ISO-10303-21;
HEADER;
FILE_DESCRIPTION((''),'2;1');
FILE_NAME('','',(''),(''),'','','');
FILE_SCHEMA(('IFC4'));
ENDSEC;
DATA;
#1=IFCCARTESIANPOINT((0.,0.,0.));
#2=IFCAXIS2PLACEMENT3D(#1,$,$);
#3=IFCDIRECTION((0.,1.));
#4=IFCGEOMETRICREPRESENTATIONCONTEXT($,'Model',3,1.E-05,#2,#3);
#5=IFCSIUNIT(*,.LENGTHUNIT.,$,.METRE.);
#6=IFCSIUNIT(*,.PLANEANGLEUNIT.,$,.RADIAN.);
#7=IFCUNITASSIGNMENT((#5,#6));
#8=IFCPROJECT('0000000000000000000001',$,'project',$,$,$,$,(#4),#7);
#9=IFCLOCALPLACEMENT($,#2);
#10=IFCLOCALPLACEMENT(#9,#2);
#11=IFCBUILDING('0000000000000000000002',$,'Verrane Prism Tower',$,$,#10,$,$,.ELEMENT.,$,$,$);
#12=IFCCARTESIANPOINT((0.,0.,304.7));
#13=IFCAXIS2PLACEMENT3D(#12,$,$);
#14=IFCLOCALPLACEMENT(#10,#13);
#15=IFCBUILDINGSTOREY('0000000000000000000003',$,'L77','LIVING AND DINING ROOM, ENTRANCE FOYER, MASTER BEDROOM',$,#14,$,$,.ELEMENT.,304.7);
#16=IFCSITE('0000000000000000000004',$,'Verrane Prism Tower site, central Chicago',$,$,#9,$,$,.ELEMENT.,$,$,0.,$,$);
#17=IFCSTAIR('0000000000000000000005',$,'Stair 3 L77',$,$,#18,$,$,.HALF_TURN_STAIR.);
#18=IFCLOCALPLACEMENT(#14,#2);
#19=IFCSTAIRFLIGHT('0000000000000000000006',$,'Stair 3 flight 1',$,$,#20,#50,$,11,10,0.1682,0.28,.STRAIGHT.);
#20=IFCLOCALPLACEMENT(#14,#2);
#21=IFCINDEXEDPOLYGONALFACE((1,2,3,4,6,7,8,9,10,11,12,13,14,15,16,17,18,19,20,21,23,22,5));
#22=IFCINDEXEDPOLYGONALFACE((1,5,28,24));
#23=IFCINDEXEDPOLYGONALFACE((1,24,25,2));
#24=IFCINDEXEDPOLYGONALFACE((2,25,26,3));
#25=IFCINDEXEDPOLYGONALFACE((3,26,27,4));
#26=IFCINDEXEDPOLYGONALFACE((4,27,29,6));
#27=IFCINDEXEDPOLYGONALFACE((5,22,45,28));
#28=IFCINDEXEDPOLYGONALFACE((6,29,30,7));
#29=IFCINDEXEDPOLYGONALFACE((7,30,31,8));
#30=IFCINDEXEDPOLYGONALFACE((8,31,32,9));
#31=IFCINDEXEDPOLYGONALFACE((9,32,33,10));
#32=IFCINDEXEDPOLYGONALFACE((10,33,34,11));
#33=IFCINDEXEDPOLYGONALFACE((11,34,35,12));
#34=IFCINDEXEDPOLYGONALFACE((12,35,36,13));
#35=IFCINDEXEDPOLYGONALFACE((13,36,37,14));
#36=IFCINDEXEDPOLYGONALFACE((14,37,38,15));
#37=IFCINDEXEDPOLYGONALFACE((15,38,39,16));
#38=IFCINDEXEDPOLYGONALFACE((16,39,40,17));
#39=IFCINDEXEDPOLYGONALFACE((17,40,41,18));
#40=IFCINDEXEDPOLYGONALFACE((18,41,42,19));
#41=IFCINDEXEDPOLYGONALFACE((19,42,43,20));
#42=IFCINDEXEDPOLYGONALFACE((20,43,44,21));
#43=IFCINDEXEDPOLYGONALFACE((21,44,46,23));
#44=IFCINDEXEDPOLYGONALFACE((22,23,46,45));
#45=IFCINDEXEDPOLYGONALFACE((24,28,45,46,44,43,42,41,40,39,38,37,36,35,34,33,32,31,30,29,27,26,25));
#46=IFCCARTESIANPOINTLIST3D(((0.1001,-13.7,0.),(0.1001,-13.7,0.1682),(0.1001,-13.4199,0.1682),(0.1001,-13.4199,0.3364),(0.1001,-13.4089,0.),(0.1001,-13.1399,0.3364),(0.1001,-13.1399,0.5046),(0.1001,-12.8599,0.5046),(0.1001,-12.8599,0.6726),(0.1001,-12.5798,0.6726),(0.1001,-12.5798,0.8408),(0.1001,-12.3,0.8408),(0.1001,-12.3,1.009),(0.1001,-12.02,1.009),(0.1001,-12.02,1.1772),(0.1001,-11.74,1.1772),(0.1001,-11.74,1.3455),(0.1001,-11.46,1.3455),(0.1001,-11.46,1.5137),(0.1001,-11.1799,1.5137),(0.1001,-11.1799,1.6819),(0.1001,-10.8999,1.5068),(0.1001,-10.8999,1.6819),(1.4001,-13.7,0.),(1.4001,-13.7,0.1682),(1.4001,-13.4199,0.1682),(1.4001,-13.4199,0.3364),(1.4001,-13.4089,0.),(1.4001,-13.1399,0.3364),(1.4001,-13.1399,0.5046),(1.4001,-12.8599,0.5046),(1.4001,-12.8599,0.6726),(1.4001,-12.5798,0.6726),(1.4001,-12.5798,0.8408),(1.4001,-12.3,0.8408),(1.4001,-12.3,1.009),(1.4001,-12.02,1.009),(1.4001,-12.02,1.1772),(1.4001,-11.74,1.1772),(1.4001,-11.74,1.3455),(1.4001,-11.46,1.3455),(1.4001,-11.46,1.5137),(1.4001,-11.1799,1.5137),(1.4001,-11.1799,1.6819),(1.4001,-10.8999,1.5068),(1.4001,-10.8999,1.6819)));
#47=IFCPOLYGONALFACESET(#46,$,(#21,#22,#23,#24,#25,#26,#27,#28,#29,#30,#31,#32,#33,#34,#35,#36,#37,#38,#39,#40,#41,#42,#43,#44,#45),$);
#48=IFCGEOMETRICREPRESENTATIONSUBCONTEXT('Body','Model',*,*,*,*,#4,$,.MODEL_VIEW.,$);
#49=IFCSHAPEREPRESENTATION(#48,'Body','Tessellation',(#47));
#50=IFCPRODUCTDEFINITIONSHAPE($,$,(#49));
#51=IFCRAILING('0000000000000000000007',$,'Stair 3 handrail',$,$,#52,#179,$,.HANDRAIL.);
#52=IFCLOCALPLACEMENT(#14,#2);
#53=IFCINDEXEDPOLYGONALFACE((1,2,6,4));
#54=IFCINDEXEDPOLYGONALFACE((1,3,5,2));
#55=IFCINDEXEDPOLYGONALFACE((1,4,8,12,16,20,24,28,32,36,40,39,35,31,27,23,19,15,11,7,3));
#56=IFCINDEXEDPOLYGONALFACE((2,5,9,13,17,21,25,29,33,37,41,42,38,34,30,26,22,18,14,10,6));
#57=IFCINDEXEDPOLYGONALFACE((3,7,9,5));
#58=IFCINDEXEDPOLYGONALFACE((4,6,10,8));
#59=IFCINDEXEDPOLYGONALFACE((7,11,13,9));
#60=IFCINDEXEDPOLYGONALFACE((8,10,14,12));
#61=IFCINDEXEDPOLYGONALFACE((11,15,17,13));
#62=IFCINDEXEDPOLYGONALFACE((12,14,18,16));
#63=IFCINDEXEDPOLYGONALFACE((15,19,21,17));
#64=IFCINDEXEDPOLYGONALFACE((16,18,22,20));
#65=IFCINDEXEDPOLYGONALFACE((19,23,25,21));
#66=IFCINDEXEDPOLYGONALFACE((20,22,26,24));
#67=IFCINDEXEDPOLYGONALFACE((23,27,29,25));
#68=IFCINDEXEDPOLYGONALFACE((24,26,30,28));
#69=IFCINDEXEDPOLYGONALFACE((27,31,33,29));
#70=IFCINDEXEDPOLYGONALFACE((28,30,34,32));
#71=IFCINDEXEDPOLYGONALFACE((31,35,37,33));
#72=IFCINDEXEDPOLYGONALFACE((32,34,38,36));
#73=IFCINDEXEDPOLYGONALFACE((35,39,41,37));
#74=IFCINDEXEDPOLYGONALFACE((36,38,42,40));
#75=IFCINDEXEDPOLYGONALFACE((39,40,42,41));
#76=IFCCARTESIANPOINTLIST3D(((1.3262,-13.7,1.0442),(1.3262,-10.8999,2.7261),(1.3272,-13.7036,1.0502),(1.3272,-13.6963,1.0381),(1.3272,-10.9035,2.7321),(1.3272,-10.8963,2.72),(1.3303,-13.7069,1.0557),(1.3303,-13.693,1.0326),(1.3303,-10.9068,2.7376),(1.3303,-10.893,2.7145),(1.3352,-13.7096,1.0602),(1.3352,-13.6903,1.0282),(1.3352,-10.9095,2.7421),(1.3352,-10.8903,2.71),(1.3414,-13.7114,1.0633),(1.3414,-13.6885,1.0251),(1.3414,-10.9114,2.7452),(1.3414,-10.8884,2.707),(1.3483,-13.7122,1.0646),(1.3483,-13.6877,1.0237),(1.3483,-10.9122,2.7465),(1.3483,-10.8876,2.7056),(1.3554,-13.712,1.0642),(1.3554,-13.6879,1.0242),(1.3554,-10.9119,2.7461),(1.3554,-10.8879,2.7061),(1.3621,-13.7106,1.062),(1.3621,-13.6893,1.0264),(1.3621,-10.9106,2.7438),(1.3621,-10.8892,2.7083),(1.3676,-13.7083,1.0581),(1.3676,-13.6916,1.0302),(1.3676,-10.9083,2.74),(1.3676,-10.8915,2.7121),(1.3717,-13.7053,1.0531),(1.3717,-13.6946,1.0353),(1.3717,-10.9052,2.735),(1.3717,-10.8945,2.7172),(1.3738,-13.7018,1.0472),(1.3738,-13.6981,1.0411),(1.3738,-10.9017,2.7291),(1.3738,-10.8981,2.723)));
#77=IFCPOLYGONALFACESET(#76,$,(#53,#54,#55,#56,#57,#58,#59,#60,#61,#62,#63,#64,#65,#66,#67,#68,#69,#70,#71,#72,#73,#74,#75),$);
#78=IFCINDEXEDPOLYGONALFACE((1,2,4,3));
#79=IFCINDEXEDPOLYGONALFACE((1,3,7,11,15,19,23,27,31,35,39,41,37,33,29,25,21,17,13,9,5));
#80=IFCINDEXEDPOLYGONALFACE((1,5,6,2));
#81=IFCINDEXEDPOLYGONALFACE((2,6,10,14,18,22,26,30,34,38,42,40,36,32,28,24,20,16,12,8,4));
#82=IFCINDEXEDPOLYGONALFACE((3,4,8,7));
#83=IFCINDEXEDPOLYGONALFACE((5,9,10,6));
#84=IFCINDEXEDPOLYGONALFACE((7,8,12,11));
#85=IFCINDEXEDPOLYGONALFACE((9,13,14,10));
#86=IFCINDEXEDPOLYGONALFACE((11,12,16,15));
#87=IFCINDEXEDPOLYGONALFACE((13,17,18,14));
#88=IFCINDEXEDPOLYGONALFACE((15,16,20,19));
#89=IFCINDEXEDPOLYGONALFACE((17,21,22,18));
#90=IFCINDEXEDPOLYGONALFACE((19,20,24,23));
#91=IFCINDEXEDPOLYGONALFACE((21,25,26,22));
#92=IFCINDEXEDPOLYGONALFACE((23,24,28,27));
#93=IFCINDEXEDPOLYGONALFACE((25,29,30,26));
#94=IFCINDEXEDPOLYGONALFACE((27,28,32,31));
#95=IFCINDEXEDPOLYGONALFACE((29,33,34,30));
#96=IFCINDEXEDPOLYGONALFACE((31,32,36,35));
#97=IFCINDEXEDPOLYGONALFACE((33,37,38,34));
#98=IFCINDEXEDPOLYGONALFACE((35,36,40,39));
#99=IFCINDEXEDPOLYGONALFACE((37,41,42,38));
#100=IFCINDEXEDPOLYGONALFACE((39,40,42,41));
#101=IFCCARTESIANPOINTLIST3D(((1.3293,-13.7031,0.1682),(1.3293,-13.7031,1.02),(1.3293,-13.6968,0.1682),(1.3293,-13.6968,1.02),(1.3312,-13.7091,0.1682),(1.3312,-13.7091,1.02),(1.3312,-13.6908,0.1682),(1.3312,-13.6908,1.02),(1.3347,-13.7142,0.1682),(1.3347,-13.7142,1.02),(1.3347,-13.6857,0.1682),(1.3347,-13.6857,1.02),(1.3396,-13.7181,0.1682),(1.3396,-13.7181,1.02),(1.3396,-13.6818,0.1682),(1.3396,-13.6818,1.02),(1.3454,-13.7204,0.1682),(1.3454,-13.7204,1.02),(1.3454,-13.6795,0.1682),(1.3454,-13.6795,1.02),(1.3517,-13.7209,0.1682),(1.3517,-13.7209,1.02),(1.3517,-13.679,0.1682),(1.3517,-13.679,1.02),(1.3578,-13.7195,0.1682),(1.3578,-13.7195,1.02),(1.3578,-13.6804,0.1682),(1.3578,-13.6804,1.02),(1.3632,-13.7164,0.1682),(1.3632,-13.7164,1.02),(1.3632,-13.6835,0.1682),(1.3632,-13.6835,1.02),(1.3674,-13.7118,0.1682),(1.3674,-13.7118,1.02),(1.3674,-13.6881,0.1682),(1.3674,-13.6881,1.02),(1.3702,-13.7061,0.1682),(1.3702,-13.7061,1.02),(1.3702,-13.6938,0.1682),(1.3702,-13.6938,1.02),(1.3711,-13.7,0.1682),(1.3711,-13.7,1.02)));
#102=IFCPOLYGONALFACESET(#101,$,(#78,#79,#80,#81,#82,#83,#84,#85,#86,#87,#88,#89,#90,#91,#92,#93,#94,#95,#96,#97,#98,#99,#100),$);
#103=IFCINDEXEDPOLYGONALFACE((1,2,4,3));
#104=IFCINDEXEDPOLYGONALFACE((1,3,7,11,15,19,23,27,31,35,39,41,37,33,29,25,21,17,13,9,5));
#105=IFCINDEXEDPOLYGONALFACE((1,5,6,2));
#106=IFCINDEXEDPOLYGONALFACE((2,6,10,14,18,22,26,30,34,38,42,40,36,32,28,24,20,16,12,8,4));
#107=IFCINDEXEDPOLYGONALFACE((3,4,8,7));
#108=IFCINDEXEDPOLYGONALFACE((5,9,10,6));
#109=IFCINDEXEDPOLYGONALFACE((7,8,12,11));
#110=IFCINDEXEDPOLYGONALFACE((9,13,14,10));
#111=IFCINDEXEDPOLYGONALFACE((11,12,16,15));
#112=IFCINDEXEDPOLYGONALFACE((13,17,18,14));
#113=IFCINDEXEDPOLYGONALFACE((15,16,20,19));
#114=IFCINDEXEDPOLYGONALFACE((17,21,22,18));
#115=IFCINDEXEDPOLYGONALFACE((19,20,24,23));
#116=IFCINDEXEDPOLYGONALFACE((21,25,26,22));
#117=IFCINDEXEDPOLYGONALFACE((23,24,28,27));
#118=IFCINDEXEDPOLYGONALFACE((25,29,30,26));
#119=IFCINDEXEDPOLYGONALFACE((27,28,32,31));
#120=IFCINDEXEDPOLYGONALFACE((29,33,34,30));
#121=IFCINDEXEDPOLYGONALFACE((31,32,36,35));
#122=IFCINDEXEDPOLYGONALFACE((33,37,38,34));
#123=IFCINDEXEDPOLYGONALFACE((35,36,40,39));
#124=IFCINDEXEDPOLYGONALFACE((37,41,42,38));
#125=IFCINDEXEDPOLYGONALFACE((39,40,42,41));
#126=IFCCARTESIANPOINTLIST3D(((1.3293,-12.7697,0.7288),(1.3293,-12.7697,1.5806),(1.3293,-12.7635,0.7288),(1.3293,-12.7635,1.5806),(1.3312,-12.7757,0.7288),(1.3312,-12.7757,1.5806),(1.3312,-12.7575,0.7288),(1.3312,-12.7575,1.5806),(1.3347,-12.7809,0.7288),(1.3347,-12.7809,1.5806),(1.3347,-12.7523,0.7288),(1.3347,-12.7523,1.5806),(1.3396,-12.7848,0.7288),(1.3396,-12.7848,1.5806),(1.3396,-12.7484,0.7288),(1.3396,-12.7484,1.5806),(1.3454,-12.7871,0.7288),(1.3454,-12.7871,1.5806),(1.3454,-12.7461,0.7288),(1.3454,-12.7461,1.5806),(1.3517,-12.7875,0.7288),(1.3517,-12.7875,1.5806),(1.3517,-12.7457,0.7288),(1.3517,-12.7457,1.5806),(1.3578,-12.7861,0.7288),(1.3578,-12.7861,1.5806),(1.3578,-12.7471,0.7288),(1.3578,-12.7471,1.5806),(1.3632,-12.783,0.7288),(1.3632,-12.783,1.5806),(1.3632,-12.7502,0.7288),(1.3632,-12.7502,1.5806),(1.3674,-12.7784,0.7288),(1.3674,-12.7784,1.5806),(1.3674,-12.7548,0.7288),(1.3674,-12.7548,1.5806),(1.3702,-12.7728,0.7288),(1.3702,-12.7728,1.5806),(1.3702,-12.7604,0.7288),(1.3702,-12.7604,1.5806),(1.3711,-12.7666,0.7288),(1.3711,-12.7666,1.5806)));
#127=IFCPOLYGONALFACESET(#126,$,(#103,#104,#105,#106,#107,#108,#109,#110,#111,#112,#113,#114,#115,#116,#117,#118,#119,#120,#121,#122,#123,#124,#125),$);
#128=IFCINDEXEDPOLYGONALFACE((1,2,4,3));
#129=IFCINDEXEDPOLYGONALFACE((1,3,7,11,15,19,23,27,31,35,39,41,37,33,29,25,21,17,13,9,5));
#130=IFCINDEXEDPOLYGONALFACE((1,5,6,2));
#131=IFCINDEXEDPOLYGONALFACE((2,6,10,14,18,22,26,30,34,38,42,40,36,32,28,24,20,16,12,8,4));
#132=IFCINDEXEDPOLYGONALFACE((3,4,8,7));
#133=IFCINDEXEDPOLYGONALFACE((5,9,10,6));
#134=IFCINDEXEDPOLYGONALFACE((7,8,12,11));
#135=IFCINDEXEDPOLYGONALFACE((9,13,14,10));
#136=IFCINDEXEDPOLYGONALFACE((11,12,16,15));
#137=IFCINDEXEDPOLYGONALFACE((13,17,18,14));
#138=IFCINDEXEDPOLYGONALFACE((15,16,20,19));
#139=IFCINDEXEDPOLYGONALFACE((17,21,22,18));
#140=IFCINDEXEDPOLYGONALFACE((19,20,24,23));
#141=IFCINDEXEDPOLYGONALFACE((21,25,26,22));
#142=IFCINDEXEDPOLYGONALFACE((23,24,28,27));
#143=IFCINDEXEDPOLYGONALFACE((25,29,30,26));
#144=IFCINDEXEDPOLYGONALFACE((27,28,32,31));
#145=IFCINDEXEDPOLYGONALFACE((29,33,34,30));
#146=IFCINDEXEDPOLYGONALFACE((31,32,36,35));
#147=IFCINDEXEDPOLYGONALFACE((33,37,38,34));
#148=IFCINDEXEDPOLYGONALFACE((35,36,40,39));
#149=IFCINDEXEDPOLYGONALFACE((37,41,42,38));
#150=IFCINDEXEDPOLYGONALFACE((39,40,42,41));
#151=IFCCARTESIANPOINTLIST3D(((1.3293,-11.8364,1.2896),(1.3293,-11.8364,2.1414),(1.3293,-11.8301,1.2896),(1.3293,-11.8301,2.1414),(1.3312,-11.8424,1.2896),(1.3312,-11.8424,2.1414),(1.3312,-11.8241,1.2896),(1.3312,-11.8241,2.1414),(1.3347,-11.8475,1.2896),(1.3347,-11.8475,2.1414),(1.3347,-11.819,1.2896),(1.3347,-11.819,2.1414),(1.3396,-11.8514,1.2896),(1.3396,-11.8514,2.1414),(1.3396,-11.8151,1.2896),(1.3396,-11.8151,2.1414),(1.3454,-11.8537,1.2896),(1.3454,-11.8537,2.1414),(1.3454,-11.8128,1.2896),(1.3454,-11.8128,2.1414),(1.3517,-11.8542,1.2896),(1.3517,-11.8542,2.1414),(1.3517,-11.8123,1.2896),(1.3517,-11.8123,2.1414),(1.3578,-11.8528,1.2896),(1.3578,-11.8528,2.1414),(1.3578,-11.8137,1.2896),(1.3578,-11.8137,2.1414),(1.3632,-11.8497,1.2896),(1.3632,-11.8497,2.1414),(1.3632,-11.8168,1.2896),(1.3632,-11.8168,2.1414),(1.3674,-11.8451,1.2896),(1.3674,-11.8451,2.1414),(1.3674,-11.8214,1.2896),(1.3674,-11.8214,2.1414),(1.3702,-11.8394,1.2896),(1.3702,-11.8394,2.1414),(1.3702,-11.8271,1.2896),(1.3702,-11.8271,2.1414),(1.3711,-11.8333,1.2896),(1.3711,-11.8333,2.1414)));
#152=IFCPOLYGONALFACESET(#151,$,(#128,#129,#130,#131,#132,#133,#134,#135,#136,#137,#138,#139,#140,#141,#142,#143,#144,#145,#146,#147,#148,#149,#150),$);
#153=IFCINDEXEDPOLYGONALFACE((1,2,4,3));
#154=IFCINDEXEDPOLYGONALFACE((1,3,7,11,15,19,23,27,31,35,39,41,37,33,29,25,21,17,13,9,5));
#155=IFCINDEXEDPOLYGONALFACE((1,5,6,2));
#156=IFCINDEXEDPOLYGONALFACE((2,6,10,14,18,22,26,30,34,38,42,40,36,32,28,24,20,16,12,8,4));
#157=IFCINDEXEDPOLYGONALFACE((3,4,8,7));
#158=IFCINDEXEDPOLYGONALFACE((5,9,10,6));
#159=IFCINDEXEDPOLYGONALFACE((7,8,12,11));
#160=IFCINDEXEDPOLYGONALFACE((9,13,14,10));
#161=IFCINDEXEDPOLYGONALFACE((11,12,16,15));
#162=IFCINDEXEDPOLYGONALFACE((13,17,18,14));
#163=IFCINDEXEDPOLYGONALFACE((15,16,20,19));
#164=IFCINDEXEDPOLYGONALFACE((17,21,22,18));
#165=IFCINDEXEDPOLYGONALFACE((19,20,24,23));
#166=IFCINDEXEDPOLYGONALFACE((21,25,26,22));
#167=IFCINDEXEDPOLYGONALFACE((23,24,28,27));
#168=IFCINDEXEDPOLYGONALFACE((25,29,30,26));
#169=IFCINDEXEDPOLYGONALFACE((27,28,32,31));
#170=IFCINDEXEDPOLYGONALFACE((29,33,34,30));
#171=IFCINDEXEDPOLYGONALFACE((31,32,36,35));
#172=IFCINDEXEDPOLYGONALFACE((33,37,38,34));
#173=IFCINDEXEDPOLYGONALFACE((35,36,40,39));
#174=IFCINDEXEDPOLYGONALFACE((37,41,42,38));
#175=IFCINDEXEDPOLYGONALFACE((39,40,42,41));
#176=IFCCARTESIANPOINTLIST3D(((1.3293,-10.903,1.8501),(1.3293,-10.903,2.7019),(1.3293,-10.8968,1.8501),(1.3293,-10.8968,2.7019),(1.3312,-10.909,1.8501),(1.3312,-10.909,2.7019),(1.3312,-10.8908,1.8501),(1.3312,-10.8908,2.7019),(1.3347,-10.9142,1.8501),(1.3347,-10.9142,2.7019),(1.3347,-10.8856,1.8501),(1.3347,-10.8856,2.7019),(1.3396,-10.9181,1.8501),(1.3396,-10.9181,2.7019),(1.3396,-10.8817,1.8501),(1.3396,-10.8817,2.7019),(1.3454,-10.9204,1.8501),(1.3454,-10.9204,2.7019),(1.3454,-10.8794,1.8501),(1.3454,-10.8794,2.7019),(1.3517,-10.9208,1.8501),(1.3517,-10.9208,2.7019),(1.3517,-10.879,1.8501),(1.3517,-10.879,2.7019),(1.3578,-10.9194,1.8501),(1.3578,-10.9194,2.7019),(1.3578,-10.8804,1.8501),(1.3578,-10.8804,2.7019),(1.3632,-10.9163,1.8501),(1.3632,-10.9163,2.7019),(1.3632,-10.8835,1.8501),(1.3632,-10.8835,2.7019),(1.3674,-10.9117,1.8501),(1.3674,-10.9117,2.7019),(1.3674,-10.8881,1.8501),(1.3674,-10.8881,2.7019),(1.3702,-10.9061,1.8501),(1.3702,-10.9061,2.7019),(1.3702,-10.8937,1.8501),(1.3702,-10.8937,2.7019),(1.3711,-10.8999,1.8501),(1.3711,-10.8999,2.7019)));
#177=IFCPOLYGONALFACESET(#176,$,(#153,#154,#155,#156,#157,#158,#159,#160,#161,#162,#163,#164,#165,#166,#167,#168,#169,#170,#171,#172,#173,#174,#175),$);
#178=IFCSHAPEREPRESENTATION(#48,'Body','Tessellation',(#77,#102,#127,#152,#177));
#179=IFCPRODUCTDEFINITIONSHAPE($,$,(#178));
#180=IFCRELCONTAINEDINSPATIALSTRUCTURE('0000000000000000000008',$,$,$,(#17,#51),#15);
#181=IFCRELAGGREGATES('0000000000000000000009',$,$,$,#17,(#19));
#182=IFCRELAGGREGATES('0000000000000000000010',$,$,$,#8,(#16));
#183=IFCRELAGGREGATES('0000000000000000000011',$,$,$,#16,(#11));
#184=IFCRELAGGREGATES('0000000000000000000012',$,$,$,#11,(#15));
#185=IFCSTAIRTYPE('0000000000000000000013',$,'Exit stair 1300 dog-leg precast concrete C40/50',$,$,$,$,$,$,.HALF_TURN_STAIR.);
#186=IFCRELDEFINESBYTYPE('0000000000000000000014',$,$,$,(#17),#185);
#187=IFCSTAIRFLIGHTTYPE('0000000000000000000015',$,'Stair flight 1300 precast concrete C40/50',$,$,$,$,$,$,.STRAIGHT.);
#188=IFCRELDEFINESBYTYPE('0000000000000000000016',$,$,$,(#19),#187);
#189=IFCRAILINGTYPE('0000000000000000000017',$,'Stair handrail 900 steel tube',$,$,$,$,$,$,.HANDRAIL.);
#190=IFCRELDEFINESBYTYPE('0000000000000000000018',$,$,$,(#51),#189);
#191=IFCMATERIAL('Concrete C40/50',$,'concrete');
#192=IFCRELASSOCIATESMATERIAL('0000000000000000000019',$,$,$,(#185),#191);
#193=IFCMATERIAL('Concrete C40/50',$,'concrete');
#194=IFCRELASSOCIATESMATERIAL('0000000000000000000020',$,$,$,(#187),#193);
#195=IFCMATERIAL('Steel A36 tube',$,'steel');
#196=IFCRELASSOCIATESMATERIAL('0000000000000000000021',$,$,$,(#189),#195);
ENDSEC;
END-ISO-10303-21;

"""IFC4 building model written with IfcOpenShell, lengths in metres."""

from ifc_helpers import new_model, si_unit, direction, frame, origin, origin_2d, place, context, subcontext, project, spatial, polyline, circle, outline, extrude, material, type_object, element, aggregate, save


model = new_model("IFC4")

# Units and contexts
model_context = context("Model", 3, precision=1e-05, world=origin(), true_north=direction((0.0, 1.0)))
body_context = subcontext(model_context, "Body", "Model", "MODEL_VIEW")
ifc_project = project(units=[si_unit("LENGTHUNIT", "METRE"), si_unit("PLANEANGLEUNIT", "RADIAN")], contexts=[model_context])

# Site, building, storey
site_placement = place(None, origin())
site = spatial("IfcSite", under=ifc_project, at=site_placement, Name="Verrane Prism Tower site, central Chicago", CompositionType="ELEMENT", RefElevation=0.0)
building_placement = place(site_placement, origin())
building = spatial("IfcBuilding", under=site, at=building_placement, Name="Verrane Prism Tower", CompositionType="ELEMENT")
storey_placement = place(building_placement, frame((0.0, 0.0, 304.7)))
storey = spatial("IfcBuildingStorey", under=building, at=storey_placement, Name="L77", Description="LIVING AND DINING ROOM, ENTRANCE FOYER, MASTER BEDROOM", CompositionType="ELEMENT", Elevation=304.7)

# Stair, stair flight
ifc_material_1 = material(Name="Concrete C40/50", Category="concrete")
stair_type = type_object("IfcStairType", Name="Exit stair 1300 dog-leg precast concrete C40/50", PredefinedType="HALF_TURN_STAIR", material=ifc_material_1)
stair_placement = place(storey_placement, origin())
stair = element("IfcStair", 1, at=stair_placement, inside=storey, type_object=stair_type, Name="Stair 3 L77", PredefinedType="HALF_TURN_STAIR")
ifc_material_2 = material(Name="Concrete C40/50", Category="concrete")
stair_flight_type = type_object("IfcStairFlightType", Name="Stair flight 1300 precast concrete C40/50", PredefinedType="STRAIGHT", material=ifc_material_2)
stair_flight_placement = place(storey_placement, frame((0.75, -13.7, 0.0), z_axis=(0.0, 0.0, 1.0), x_axis=(0.0, 1.0, 0.0)))
stair_flight = element("IfcStairFlight", 2, at=stair_flight_placement, type_object=stair_flight_type, Name="Stair 3 flight 1", NumberOfRisers=11, NumberOfTreads=10, PredefinedType="STRAIGHT", RiserHeight=0.1682, TreadLength=0.28, context=body_context, shape_type="SweptSolid", body=[
    extrude(outline(polyline([(0.0, 0.0), (0.0, 0.1682), (0.28, 0.1682), (0.28, 0.3364), (0.5601, 0.3364), (0.5601, 0.5046), (0.8401, 0.5046), (0.8401, 0.6726), (1.1201, 0.6726), (1.1201, 0.8408), (1.3999, 0.8408), (1.3999, 1.009), (1.6799, 1.009), (1.6799, 1.1772), (1.96, 1.1772), (1.96, 1.3455), (2.24, 1.3455), (2.24, 1.5137), (2.52, 1.5137), (2.52, 1.6819), (2.8, 1.6819), (2.8, 1.8501), (2.8, 1.5068), (0.291, 0.0), (0.0, 0.0)])), frame((0.0, 0.6499, 0.0), z_axis=(0.0, -1.0, 0.0), x_axis=(1.0, 0.0, 0.0)), (0.0, 0.0, 1.0), 1.3),
])
aggregate(stair, [stair_flight])

# Railing
ifc_material_3 = material(Name="Steel A36 tube", Category="steel")
railing_type_1 = type_object("IfcRailingType", Name="Stair handrail 900 steel tube", PredefinedType="HANDRAIL", material=ifc_material_3)
railing_1_placement = place(storey_placement, frame((1.3501, -13.7, 0.1682)))
element("IfcRailing", 3, at=railing_1_placement, inside=storey, type_object=railing_type_1, Name="Stair 3 handrail", PredefinedType="HANDRAIL", context=body_context, shape_type="SweptSolid", body=[
    extrude(circle(Radius=0.0239, at=origin_2d()), frame((0.0, 0.0, 0.876), z_axis=(0.0, 0.857242, 0.514913), x_axis=(-1.0, 0.0, 0.0)), (0.0, 0.0, 1.0), 3.2664),
    extrude(circle(Radius=0.021, at=origin_2d()), origin(), (0.0, 0.0, 1.0), 0.8518),
    extrude(circle(Radius=0.021, at=origin_2d()), frame((0.0, 0.9333, 0.5605)), (0.0, 0.0, 1.0), 0.8518),
    extrude(circle(Radius=0.021, at=origin_2d()), frame((0.0, 1.8667, 1.1213)), (0.0, 0.0, 1.0), 0.8518),
    extrude(circle(Radius=0.021, at=origin_2d()), frame((0.0, 2.8, 1.6819)), (0.0, 0.0, 1.0), 0.8518),
])

save(model, "model.ifc")
